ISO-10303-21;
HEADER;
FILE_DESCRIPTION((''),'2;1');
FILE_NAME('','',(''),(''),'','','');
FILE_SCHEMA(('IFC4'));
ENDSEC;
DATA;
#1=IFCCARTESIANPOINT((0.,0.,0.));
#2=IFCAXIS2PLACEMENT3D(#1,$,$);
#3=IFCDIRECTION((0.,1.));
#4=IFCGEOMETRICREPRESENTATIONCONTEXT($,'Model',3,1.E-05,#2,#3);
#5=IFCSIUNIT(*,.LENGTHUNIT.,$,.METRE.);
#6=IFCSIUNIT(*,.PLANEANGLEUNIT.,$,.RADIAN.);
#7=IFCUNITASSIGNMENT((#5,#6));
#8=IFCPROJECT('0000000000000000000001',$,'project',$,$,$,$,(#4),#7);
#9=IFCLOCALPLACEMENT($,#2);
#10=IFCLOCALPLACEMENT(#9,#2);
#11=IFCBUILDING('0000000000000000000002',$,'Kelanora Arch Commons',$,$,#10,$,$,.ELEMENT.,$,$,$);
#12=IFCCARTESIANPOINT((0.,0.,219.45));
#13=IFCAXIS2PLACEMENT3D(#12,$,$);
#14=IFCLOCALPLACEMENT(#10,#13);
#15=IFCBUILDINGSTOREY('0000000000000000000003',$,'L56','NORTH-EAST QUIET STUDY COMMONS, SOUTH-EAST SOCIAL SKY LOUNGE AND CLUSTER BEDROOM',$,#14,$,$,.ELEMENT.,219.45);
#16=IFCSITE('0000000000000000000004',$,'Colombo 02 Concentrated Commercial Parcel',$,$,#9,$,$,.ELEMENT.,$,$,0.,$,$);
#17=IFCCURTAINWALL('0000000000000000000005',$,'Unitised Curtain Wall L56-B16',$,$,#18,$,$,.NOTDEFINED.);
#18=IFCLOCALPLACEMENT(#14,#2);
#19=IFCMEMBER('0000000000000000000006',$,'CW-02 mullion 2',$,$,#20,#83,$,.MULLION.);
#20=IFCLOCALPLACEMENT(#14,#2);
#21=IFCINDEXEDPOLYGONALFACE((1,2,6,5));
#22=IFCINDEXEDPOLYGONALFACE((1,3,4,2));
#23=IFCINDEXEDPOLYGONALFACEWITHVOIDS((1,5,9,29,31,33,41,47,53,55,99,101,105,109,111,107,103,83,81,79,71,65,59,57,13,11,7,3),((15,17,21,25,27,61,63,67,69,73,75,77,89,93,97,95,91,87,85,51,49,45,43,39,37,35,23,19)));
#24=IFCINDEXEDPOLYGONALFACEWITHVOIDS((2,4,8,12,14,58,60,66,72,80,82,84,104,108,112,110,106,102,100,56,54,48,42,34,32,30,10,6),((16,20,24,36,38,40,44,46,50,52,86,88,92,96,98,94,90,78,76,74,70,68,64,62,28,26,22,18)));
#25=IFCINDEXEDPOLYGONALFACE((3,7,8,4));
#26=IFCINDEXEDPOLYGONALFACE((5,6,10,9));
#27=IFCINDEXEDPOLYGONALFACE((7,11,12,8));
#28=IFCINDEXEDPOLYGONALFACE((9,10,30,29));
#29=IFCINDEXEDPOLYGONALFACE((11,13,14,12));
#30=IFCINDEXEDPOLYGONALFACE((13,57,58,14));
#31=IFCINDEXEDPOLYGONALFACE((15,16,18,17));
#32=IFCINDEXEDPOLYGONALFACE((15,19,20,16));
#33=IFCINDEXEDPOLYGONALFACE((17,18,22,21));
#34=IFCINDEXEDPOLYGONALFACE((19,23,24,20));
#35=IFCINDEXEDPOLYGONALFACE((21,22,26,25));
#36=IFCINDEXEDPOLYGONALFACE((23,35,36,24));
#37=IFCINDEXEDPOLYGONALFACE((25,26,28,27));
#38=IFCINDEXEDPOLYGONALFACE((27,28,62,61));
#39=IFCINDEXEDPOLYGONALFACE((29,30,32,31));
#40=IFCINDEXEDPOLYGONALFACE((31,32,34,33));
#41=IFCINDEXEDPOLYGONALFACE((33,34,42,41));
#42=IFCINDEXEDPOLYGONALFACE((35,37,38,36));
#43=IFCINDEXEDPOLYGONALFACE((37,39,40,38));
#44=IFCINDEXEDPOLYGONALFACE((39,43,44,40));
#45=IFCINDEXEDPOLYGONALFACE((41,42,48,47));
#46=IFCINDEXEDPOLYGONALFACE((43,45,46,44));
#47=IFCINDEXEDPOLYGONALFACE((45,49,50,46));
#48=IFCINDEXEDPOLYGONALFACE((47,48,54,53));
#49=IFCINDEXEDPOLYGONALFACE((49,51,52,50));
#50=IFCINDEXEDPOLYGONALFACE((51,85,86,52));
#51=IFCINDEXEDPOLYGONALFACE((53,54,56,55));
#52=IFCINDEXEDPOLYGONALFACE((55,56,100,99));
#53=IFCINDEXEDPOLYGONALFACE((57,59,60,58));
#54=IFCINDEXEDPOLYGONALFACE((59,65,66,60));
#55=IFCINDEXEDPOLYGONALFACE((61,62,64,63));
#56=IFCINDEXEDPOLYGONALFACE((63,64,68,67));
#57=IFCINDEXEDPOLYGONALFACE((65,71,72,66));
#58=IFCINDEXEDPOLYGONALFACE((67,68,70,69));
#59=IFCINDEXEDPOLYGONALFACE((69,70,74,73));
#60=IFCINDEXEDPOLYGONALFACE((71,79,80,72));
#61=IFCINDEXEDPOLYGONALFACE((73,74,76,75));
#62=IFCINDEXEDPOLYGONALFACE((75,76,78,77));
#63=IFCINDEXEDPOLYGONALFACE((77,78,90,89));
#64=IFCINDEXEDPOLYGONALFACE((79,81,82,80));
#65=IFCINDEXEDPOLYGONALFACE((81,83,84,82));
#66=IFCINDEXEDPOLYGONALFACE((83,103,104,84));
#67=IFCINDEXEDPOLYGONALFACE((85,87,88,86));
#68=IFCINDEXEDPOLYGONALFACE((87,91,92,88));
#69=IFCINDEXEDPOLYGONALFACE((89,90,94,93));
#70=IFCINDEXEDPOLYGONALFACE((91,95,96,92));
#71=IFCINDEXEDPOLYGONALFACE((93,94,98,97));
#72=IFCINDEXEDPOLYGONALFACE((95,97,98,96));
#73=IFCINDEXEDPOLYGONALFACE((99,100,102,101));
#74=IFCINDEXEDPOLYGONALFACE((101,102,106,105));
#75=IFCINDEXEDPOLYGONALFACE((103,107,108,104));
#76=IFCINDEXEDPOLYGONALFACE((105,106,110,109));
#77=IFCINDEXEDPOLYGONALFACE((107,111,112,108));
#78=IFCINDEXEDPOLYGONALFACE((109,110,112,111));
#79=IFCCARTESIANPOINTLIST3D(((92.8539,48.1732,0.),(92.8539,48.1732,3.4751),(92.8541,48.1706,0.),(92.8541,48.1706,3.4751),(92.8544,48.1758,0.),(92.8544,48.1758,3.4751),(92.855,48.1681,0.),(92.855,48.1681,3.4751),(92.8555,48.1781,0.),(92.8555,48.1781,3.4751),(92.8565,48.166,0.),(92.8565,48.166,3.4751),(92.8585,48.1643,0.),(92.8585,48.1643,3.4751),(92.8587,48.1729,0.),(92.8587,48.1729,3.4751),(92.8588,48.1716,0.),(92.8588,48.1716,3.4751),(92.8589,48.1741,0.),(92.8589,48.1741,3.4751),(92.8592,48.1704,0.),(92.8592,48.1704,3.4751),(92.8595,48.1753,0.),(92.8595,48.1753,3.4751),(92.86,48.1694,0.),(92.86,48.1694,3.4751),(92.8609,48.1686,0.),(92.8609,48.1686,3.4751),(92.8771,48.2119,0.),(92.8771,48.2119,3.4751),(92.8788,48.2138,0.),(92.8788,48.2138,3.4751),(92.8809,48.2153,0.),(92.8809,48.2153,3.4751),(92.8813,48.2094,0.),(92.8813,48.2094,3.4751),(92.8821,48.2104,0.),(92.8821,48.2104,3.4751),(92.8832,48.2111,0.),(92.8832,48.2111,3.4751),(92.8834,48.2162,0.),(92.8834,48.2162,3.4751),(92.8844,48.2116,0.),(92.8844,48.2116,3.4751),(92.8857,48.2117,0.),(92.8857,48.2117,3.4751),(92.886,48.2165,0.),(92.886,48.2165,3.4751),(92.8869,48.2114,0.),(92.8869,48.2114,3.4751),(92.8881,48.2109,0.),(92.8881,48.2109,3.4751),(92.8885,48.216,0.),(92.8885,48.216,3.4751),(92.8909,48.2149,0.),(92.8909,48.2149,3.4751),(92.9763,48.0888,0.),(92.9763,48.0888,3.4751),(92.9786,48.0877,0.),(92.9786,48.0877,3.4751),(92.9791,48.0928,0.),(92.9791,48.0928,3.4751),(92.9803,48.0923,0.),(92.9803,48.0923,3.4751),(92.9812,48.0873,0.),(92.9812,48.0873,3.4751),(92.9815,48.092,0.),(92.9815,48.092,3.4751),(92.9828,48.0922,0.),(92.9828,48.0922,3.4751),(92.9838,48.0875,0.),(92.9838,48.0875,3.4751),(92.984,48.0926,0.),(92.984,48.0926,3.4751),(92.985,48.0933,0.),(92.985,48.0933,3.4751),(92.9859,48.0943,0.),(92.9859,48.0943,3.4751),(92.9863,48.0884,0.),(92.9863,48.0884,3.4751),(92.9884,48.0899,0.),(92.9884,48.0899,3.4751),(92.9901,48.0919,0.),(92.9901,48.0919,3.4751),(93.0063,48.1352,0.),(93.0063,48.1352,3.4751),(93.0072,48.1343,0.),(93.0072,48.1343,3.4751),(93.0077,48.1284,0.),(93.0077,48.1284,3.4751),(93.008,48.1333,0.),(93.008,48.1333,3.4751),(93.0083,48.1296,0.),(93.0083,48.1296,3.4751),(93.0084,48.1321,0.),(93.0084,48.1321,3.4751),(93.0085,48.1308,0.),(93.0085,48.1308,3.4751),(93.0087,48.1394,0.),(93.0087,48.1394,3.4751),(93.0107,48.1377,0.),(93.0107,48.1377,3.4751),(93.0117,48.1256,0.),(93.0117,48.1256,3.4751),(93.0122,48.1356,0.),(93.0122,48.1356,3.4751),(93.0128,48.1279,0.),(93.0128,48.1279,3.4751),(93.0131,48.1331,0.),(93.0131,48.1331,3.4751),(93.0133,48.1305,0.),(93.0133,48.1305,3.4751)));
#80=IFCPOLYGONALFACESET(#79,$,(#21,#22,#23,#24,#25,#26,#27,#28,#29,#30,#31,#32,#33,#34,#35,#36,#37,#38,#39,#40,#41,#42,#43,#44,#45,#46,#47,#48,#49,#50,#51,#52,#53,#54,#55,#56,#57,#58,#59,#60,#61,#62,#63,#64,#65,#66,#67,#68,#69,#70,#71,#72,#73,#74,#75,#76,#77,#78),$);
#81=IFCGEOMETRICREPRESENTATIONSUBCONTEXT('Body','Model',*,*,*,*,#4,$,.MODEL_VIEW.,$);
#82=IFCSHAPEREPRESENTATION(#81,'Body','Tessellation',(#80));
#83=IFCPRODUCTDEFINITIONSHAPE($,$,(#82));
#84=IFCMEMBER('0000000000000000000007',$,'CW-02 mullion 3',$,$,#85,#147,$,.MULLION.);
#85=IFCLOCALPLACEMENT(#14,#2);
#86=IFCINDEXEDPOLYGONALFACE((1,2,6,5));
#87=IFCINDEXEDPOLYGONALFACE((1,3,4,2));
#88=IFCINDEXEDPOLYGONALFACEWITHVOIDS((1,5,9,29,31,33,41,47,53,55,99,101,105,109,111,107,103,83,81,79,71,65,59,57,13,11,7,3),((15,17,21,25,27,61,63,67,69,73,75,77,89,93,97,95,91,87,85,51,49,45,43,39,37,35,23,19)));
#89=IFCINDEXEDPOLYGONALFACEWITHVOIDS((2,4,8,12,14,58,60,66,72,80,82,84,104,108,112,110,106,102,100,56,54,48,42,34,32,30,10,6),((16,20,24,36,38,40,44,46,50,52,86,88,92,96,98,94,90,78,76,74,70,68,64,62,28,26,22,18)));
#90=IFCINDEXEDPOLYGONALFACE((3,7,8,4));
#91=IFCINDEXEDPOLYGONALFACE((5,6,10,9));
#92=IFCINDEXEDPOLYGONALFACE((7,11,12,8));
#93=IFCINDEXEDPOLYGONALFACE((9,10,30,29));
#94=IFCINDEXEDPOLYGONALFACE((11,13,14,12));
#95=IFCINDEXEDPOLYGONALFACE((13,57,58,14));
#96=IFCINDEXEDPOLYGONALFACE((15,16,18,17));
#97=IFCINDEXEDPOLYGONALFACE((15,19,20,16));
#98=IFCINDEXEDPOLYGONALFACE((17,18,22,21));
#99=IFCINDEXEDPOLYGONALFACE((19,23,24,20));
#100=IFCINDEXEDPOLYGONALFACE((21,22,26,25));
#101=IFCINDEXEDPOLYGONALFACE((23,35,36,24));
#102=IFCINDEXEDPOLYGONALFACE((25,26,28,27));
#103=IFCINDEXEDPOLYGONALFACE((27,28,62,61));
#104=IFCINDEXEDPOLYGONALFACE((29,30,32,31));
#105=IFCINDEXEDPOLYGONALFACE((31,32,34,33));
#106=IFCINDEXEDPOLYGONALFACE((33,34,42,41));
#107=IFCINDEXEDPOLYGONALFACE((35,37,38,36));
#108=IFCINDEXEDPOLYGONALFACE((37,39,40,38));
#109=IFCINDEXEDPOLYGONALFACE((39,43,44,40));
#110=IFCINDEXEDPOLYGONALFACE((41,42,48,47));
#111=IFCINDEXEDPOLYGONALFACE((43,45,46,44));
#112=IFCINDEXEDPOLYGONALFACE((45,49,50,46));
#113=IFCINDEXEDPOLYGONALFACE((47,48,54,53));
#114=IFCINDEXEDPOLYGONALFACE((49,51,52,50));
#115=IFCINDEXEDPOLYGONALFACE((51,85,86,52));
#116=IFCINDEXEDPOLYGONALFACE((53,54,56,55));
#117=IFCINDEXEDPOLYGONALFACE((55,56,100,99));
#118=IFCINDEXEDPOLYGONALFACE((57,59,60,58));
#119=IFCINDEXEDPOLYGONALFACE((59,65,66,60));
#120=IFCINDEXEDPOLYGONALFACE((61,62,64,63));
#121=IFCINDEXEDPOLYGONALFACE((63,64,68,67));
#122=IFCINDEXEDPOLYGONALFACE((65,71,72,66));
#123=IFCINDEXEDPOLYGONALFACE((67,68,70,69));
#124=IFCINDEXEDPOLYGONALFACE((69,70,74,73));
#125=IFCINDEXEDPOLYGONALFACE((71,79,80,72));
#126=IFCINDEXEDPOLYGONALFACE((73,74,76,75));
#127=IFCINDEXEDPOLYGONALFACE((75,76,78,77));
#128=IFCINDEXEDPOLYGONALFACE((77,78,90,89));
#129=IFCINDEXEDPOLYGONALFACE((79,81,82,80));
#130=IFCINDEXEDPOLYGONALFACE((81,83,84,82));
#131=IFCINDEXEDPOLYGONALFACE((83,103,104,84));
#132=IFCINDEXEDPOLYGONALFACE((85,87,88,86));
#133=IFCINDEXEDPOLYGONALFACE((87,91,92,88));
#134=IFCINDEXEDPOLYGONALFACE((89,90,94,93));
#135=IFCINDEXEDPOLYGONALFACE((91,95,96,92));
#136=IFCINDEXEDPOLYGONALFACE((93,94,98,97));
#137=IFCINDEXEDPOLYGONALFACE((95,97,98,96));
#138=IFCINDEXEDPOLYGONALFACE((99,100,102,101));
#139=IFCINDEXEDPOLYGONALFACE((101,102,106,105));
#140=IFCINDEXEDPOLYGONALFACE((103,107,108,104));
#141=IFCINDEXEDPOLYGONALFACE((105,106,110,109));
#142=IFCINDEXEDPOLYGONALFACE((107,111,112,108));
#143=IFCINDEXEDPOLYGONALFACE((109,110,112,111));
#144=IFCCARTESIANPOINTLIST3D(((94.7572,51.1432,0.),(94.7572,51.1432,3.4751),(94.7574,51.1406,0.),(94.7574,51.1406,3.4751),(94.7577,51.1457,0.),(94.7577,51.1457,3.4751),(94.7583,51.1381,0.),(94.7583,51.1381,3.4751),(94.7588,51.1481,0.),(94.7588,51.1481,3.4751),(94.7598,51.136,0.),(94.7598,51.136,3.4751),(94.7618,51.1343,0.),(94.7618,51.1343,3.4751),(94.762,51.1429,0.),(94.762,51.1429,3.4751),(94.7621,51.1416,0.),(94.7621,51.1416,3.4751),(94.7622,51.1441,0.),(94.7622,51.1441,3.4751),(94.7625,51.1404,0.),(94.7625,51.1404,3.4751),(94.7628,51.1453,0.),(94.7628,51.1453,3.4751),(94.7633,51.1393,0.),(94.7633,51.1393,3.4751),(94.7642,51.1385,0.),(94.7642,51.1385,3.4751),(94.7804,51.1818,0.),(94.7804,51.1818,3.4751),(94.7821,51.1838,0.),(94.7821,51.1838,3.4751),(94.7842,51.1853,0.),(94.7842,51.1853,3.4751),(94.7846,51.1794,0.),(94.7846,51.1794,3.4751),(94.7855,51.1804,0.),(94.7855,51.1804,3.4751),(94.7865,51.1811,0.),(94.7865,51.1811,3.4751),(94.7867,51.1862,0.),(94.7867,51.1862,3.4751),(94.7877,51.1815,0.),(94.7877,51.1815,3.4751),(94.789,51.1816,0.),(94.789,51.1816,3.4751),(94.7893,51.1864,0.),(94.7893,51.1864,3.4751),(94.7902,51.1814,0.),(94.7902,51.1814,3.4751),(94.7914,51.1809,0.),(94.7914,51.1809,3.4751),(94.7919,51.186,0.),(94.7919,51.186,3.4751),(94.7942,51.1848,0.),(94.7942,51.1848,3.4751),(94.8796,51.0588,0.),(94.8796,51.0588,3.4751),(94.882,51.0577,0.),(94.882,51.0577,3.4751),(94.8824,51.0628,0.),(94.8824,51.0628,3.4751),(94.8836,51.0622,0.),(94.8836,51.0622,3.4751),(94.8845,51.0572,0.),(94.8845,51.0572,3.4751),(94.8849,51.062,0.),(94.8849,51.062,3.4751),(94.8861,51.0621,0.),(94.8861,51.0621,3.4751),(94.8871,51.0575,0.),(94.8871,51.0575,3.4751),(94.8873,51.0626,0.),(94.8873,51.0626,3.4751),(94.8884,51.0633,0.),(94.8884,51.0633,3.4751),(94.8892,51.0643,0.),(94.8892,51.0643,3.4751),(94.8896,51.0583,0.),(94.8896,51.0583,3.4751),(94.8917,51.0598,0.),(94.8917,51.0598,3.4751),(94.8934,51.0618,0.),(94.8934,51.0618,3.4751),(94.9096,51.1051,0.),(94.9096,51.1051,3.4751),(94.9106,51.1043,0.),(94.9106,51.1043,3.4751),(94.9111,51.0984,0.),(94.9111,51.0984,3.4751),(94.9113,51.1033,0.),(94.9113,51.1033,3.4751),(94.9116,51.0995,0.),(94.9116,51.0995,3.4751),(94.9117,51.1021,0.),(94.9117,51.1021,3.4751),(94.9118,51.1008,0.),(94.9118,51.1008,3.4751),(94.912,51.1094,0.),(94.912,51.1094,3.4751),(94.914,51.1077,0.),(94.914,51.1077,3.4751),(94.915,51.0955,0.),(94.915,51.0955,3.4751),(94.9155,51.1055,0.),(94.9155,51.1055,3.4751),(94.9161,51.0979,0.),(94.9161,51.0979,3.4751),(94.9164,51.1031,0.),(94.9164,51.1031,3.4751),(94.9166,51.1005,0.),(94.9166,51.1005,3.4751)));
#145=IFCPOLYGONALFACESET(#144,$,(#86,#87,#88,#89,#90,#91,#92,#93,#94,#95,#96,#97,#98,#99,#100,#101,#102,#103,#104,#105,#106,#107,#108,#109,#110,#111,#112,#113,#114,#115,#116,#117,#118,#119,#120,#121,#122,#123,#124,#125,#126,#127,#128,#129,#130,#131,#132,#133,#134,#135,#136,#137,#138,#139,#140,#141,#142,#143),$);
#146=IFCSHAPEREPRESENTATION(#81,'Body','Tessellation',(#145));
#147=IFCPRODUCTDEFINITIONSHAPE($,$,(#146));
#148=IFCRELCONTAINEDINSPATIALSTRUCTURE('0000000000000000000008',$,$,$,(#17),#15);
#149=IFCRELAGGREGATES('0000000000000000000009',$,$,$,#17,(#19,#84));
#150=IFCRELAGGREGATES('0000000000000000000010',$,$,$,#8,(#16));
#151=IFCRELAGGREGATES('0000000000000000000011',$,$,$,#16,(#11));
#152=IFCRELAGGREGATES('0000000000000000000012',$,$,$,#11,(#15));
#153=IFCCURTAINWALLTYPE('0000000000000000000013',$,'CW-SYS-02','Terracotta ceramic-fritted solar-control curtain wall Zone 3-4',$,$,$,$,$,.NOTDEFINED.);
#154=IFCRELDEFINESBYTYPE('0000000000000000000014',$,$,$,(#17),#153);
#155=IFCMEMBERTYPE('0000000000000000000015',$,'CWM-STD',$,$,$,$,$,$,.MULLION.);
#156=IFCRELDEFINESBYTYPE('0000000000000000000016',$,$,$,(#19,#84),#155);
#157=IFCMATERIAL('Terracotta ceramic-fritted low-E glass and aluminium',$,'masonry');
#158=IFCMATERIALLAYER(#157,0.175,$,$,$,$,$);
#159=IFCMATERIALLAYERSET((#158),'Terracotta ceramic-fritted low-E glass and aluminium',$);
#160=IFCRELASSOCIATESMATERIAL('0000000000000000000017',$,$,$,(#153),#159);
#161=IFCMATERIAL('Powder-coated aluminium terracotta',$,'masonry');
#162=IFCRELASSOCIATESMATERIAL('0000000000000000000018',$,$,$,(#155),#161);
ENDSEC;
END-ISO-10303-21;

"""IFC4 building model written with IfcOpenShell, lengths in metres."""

from ifc_helpers import new_model, si_unit, direction, frame, origin, origin_2d, place, context, subcontext, project, spatial, hollow_rectangle, extrude, material, layer, layer_set, material_profile, profile_set, type_object, element, aggregate, save


model = new_model("IFC4")

# Units and contexts
model_context = context("Model", 3, precision=1e-05, world=origin(), true_north=direction((0.0, 1.0)))
body_context = subcontext(model_context, "Body", "Model", "MODEL_VIEW")
ifc_project = project(units=[si_unit("LENGTHUNIT", "METRE"), si_unit("PLANEANGLEUNIT", "RADIAN")], contexts=[model_context])

# Site, building, storey
site_placement = place(None, origin())
site = spatial("IfcSite", under=ifc_project, at=site_placement, Name="Colombo 02 Concentrated Commercial Parcel", CompositionType="ELEMENT", RefElevation=0.0)
building_placement = place(site_placement, origin())
building = spatial("IfcBuilding", under=site, at=building_placement, Name="Kelanora Arch Commons", CompositionType="ELEMENT")
storey_placement = place(building_placement, frame((0.0, 0.0, 219.45)))
storey = spatial("IfcBuildingStorey", under=building, at=storey_placement, Name="L56", Description="NORTH-EAST QUIET STUDY COMMONS, SOUTH-EAST SOCIAL SKY LOUNGE AND CLUSTER BEDROOM", CompositionType="ELEMENT", Elevation=219.45)

# Curtain wall, members
ifc_material_1 = material(Name="Terracotta ceramic-fritted low-E glass and aluminium", Category="masonry")
ifc_layer_1 = layer(ifc_material_1, 0.175)
ifc_layer_set_1 = layer_set([ifc_layer_1], Name="Terracotta ceramic-fritted low-E glass and aluminium")
curtain_wall_type = type_object("IfcCurtainWallType", Name="CW-SYS-02", Description="Terracotta ceramic-fritted solar-control curtain wall Zone 3-4", PredefinedType="NOTDEFINED", material=ifc_layer_set_1)
curtain_wall_placement = place(storey_placement, origin())
curtain_wall = element("IfcCurtainWall", 1, at=curtain_wall_placement, inside=storey, type_object=curtain_wall_type, Name="Unitised Curtain Wall L56-B16", PredefinedType="NOTDEFINED")
ifc_material_2 = material(Name="Powder-coated aluminium terracotta", Category="masonry")
ifc_material_profile_1 = material_profile(ifc_material_2, hollow_rectangle(XDim=0.1599, YDim=0.0601, WallThickness=0.0049, InnerFilletRadius=0.0049, OuterFilletRadius=0.01, at=origin_2d()), Name="CWM160x60")
ifc_profile_set_1 = profile_set([ifc_material_profile_1], Name="Powder-coated aluminium terracotta")
member_type_1 = type_object("IfcMemberType", Name="CWM-STD", PredefinedType="MULLION", material=ifc_profile_set_1)
member_1_placement = place(storey_placement, frame((92.9336, 48.1519, 0.0), z_axis=(0.0, 0.0, 1.0), x_axis=(-0.841948, 0.539559, 0.0)))
member_1 = element("IfcMember", 2, at=member_1_placement, type_object=member_type_1, Name="CW-02 mullion 2", PredefinedType="MULLION", context=body_context, shape_type="SweptSolid", body=[
    extrude(hollow_rectangle(XDim=0.1599, YDim=0.0601, WallThickness=0.0049, InnerFilletRadius=0.0049, OuterFilletRadius=0.01, at=origin_2d()), origin(), (0.0, 0.0, 1.0), 3.4751),
])
member_2_placement = place(storey_placement, frame((94.8369, 51.1218, 0.0), z_axis=(0.0, 0.0, 1.0), x_axis=(-0.841948, 0.539559, 0.0)))
member_2 = element("IfcMember", 3, at=member_2_placement, type_object=member_type_1, Name="CW-02 mullion 3", PredefinedType="MULLION", context=body_context, shape_type="SweptSolid", body=[
    extrude(hollow_rectangle(XDim=0.1599, YDim=0.0601, WallThickness=0.0049, InnerFilletRadius=0.0049, OuterFilletRadius=0.01, at=origin_2d()), origin(), (0.0, 0.0, 1.0), 3.4751),
])
aggregate(curtain_wall, [member_1, member_2])

save(model, "model.ifc")
